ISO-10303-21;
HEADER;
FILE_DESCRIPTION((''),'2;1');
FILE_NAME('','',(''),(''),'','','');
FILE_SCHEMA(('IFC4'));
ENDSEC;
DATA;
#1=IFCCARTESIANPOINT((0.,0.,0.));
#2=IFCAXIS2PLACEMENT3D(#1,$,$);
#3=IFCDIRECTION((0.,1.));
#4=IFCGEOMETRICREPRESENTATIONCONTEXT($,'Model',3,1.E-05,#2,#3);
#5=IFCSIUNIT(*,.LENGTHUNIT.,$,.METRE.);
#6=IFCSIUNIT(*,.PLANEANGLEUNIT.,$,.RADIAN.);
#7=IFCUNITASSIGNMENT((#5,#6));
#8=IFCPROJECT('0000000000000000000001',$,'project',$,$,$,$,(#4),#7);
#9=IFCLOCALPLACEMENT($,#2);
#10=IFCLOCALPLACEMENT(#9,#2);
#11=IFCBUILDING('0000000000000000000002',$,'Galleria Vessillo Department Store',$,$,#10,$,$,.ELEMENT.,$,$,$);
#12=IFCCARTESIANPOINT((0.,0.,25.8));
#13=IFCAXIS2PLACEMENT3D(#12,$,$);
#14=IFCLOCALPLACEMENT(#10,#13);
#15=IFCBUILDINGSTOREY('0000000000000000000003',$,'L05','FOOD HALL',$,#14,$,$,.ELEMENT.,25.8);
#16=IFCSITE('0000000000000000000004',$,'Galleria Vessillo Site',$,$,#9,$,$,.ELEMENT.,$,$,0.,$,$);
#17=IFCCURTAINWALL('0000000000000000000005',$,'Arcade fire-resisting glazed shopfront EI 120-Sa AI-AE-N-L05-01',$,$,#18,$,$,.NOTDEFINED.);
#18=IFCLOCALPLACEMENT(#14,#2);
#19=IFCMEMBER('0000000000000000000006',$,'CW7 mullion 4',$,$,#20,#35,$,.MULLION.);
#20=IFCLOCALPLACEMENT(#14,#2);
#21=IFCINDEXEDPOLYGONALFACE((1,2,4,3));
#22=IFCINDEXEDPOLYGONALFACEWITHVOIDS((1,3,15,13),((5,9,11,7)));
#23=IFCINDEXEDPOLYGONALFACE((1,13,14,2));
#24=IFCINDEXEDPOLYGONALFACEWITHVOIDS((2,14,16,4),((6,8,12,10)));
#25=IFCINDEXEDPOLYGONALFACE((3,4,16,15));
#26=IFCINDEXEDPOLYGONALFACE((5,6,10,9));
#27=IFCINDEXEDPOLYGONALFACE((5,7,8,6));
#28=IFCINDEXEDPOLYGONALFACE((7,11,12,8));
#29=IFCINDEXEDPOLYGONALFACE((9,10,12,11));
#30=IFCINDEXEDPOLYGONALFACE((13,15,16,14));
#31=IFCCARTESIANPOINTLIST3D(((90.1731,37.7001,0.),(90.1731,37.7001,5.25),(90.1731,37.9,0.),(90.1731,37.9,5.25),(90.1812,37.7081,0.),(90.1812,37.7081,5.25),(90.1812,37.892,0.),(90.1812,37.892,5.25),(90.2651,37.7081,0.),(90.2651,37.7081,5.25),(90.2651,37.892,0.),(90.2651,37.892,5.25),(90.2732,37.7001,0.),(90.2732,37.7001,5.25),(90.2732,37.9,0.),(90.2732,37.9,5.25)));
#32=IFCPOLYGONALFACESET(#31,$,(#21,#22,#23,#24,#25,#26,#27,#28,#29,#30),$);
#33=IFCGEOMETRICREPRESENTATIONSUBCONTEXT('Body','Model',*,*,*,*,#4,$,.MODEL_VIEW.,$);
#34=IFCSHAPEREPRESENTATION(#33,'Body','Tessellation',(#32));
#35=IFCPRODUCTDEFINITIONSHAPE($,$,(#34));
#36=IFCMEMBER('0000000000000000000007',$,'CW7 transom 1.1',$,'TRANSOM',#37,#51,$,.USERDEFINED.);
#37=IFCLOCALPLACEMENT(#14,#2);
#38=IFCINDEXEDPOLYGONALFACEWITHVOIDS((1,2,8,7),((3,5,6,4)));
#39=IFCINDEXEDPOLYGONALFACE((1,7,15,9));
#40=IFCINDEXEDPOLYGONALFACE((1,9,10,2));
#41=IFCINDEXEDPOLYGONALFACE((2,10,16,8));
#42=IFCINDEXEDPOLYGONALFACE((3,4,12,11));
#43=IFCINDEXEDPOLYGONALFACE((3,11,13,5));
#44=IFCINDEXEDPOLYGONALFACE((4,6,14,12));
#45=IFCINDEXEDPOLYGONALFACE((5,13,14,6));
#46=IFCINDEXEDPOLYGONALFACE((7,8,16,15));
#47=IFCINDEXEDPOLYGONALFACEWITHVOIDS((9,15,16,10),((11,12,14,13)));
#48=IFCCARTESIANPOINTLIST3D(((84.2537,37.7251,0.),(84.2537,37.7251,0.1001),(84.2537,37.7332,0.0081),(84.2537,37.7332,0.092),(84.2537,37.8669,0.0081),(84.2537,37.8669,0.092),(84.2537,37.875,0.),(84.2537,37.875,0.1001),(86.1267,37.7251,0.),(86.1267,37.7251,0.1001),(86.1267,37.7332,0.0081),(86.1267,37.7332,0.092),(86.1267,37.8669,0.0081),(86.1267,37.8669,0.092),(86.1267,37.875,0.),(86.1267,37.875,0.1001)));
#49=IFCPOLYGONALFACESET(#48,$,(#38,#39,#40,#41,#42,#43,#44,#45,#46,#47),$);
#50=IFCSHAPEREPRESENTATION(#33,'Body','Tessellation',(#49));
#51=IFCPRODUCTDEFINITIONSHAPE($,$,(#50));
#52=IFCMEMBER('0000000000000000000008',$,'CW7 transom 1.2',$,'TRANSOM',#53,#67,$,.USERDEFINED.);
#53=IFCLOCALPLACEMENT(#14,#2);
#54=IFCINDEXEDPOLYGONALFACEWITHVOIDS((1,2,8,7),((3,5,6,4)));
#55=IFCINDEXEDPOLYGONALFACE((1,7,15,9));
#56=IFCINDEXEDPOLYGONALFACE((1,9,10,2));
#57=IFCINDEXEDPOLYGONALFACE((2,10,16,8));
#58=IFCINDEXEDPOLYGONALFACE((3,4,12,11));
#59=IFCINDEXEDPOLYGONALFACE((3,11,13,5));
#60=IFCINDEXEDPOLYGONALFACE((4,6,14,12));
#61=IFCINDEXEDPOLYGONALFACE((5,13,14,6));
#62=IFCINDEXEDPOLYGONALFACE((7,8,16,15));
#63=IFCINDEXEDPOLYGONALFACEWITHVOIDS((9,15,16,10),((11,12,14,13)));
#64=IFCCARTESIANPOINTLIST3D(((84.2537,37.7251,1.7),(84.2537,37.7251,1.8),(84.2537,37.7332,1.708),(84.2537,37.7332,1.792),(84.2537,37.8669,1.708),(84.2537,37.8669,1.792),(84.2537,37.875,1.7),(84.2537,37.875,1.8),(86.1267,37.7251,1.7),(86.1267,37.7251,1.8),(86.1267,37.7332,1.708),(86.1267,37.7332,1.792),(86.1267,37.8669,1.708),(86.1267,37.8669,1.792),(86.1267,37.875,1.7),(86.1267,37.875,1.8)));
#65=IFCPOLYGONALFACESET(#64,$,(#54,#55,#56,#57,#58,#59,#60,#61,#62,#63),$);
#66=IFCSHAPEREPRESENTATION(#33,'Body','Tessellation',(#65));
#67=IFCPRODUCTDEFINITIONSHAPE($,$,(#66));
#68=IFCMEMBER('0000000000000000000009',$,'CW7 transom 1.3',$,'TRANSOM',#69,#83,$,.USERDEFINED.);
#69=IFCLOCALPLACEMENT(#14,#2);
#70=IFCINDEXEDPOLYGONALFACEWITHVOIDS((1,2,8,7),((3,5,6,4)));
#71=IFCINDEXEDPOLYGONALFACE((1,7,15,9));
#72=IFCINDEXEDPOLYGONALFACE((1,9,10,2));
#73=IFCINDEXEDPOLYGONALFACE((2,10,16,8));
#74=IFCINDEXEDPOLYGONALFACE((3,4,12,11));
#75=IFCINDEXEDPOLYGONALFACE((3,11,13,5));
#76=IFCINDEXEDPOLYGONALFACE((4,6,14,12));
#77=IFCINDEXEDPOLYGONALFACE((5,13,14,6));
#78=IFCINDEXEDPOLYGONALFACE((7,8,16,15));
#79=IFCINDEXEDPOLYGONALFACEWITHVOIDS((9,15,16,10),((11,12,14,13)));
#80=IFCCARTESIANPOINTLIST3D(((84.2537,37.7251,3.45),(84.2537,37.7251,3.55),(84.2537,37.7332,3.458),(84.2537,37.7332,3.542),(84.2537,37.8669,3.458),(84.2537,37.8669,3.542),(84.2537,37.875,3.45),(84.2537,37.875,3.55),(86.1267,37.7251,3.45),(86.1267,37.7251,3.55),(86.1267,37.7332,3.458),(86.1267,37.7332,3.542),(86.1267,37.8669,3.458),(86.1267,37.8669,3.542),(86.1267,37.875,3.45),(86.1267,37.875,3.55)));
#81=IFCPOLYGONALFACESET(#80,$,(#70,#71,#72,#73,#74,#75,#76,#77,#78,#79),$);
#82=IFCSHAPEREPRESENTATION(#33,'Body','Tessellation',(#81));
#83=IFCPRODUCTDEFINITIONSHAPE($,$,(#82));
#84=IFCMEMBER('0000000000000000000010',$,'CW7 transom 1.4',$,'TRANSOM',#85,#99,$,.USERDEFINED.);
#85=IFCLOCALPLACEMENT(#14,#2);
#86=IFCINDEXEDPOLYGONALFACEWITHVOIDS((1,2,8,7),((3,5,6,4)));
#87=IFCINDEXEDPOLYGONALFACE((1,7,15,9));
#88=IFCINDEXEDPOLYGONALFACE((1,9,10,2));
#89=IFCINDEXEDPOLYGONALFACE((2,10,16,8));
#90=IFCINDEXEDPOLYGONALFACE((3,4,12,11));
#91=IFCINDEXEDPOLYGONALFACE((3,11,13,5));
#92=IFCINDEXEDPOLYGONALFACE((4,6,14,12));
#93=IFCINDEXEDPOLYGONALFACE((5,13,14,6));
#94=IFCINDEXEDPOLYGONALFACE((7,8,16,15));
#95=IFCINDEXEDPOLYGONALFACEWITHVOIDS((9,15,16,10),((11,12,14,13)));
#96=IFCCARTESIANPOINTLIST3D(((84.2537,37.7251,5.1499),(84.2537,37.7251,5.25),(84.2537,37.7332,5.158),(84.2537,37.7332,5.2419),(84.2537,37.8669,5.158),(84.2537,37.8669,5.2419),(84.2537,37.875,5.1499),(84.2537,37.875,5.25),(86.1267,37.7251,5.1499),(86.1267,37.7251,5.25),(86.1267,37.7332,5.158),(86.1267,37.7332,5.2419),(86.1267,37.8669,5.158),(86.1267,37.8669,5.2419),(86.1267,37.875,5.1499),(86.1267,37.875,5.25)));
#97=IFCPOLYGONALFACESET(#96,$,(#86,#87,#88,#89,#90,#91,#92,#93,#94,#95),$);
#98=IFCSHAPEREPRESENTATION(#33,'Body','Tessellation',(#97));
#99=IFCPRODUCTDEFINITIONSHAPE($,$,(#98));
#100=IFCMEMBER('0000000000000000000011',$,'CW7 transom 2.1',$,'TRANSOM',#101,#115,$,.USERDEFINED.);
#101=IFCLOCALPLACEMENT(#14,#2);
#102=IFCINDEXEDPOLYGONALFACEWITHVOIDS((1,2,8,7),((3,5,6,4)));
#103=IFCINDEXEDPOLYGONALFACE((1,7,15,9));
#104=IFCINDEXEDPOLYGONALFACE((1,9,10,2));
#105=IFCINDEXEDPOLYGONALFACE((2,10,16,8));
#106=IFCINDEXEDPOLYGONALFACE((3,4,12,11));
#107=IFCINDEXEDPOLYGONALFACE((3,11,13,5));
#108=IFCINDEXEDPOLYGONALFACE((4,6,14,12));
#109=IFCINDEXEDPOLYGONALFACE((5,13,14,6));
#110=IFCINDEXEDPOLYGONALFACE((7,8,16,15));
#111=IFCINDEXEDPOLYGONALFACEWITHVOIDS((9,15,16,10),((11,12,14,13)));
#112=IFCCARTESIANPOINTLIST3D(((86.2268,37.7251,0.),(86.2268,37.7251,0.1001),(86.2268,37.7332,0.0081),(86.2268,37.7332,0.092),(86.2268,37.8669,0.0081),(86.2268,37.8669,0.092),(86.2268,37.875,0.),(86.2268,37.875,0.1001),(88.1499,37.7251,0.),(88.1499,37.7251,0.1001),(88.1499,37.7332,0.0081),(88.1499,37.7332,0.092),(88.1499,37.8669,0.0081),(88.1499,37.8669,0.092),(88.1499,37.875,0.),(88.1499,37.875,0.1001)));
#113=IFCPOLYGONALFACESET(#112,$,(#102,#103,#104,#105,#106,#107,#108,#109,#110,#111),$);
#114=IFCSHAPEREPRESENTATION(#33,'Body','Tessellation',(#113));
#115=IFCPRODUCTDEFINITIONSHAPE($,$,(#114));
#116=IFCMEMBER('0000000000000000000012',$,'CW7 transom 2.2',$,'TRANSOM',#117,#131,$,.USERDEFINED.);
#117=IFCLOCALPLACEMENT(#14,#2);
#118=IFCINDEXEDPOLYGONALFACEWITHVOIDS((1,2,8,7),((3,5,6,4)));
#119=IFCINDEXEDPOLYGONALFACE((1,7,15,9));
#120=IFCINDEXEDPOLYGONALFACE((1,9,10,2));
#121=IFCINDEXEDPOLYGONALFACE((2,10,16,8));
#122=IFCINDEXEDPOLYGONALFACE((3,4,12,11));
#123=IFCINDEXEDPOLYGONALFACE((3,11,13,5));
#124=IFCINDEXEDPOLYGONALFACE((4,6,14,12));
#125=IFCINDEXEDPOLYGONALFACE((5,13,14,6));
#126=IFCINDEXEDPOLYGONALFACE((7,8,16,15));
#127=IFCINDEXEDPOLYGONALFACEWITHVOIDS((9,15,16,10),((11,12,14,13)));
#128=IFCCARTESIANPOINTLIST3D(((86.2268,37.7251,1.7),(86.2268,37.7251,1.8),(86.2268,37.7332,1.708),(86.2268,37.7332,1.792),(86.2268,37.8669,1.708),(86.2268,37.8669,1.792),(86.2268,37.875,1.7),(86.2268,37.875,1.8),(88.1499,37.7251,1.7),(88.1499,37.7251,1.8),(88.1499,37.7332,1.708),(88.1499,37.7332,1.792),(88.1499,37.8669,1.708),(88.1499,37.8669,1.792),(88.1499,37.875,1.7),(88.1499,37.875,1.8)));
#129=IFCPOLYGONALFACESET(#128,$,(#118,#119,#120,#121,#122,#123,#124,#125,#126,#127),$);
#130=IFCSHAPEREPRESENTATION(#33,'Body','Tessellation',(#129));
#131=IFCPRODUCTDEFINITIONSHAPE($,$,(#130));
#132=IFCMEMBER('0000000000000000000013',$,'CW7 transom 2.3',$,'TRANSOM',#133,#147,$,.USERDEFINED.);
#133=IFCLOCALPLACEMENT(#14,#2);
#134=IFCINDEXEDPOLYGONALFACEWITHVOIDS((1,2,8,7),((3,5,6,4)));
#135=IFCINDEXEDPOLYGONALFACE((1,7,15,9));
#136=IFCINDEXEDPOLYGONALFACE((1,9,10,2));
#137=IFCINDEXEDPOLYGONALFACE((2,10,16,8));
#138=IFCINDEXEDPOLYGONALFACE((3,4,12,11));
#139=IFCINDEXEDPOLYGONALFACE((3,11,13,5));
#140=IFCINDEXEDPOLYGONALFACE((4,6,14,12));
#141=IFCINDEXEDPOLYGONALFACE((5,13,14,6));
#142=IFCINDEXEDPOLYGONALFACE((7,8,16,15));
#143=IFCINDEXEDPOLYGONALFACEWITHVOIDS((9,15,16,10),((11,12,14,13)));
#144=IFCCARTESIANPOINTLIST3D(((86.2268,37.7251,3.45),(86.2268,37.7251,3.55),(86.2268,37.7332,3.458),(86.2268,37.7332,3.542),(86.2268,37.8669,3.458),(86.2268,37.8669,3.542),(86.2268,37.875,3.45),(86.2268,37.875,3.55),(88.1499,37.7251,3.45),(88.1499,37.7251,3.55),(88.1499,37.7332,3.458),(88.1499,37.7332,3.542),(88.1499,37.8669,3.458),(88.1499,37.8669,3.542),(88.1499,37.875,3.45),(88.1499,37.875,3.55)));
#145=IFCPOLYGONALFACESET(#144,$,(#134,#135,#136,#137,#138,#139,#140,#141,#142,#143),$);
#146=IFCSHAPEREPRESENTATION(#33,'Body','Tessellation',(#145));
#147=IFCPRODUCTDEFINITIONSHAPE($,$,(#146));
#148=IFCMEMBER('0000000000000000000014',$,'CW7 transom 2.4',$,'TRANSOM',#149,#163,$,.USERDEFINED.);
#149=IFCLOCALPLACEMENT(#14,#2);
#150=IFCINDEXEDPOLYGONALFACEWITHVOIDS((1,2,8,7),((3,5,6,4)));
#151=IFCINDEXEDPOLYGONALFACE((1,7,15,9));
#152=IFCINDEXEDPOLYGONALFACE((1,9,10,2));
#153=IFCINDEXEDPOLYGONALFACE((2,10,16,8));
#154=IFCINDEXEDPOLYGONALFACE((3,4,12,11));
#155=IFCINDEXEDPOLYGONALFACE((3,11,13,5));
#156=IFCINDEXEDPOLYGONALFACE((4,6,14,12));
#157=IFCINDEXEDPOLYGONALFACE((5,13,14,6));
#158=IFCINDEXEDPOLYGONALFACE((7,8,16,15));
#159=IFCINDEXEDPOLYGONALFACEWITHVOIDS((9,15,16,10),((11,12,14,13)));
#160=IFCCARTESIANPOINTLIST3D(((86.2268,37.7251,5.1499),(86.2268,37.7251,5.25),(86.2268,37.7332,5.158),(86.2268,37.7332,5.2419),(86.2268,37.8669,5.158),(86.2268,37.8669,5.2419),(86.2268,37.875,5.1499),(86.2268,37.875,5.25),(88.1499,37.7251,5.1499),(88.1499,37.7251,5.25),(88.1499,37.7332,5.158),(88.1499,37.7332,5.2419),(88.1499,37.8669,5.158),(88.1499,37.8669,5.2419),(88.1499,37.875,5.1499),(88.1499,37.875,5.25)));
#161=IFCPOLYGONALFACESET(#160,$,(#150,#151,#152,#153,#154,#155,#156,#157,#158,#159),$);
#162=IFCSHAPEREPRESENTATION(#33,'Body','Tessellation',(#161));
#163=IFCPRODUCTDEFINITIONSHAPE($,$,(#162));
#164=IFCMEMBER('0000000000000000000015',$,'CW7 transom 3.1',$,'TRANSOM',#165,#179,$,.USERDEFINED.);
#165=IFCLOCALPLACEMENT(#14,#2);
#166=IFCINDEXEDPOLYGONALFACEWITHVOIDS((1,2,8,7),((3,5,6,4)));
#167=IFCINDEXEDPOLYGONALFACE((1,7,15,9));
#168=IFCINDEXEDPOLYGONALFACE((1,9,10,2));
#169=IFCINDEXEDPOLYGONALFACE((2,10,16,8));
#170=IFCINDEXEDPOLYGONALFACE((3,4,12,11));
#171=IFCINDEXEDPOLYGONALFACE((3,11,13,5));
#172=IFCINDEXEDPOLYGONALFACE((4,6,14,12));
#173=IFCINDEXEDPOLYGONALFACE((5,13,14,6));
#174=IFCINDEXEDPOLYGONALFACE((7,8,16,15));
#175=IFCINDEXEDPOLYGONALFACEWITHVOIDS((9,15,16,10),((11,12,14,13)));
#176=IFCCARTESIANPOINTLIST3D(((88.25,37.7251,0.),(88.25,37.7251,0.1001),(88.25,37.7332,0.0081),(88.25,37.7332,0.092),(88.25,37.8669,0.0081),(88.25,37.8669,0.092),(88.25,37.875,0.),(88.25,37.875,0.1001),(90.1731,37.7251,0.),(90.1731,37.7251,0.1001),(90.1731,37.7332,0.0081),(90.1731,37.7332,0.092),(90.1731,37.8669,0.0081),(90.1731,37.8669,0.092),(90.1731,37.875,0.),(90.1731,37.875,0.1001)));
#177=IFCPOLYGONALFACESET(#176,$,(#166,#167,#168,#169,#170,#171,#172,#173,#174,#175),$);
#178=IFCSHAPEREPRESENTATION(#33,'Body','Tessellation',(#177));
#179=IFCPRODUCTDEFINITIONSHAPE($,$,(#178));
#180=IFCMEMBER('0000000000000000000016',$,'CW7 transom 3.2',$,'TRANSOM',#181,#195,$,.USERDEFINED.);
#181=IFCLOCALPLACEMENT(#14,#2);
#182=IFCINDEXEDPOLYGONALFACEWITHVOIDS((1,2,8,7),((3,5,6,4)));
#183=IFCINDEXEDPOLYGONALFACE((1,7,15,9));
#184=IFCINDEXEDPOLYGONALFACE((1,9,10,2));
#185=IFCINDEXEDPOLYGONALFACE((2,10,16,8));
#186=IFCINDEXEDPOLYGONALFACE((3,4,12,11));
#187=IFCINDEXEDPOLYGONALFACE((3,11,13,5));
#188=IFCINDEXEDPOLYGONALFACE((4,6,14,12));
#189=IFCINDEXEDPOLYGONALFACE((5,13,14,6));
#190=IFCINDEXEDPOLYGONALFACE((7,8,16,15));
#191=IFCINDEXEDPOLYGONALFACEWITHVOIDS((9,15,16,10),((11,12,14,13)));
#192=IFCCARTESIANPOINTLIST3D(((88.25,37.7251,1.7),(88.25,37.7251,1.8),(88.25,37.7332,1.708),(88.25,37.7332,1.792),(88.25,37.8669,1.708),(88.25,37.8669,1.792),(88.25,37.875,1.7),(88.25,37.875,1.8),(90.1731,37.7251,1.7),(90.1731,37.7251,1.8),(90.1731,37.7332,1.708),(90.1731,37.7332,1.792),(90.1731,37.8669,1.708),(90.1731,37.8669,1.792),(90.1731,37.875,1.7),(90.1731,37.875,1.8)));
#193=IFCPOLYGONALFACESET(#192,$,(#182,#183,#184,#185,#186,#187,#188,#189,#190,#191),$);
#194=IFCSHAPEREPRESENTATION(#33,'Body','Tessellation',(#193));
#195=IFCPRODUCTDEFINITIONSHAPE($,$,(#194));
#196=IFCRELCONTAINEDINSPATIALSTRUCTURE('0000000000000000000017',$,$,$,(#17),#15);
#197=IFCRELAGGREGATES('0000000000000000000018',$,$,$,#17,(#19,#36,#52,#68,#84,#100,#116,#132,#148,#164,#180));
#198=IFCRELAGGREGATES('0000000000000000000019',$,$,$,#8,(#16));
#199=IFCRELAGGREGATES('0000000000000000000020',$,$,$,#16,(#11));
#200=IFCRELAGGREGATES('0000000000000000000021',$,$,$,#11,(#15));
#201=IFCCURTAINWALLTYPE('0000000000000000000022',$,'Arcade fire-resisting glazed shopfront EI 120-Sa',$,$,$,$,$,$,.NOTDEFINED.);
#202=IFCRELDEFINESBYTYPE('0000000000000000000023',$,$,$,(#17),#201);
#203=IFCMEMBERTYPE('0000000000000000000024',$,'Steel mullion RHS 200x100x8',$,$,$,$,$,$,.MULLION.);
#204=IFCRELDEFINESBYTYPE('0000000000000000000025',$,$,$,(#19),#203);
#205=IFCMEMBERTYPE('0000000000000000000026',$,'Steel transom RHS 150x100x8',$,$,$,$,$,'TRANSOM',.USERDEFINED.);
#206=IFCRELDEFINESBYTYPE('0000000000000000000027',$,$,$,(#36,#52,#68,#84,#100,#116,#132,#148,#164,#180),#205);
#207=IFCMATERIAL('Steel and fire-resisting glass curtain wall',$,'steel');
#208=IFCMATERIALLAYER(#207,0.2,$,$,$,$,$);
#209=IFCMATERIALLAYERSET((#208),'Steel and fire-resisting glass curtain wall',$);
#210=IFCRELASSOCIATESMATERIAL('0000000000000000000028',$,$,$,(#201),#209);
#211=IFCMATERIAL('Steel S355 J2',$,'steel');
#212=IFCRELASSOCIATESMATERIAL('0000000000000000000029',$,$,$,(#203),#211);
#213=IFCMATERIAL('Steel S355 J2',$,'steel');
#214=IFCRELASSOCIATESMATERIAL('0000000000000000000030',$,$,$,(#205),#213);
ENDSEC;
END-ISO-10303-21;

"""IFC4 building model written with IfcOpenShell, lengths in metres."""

from ifc_helpers import new_model, si_unit, direction, frame, origin, origin_2d, place, context, subcontext, project, spatial, hollow_rectangle, extrude, material, layer, layer_set, material_profile, profile_set, type_object, element, aggregate, save


model = new_model("IFC4")

# Units and contexts
model_context = context("Model", 3, precision=1e-05, world=origin(), true_north=direction((0.0, 1.0)))
body_context = subcontext(model_context, "Body", "Model", "MODEL_VIEW")
ifc_project = project(units=[si_unit("LENGTHUNIT", "METRE"), si_unit("PLANEANGLEUNIT", "RADIAN")], contexts=[model_context])

# Site, building, storey
site_placement = place(None, origin())
site = spatial("IfcSite", under=ifc_project, at=site_placement, Name="Galleria Vessillo Site", CompositionType="ELEMENT", RefElevation=0.0)
building_placement = place(site_placement, origin())
building = spatial("IfcBuilding", under=site, at=building_placement, Name="Galleria Vessillo Department Store", CompositionType="ELEMENT")
storey_placement = place(building_placement, frame((0.0, 0.0, 25.8)))
storey = spatial("IfcBuildingStorey", under=building, at=storey_placement, Name="L05", Description="FOOD HALL", CompositionType="ELEMENT", Elevation=25.8)

# Curtain wall, members
ifc_material_1 = material(Name="Steel and fire-resisting glass curtain wall", Category="steel")
ifc_layer_1 = layer(ifc_material_1, 0.2)
ifc_layer_set_1 = layer_set([ifc_layer_1], Name="Steel and fire-resisting glass curtain wall")
curtain_wall_type = type_object("IfcCurtainWallType", Name="Arcade fire-resisting glazed shopfront EI 120-Sa", PredefinedType="NOTDEFINED", material=ifc_layer_set_1)
curtain_wall_placement = place(storey_placement, origin())
curtain_wall = element("IfcCurtainWall", 1, at=curtain_wall_placement, inside=storey, type_object=curtain_wall_type, Name="Arcade fire-resisting glazed shopfront EI 120-Sa AI-AE-N-L05-01", PredefinedType="NOTDEFINED")
ifc_material_2 = material(Name="Steel S355 J2", Category="steel")
ifc_material_profile_1 = material_profile(ifc_material_2, hollow_rectangle(XDim=0.2, YDim=0.1001, WallThickness=0.0081, at=origin_2d()), Name="RHS 200x100x8")
ifc_profile_set_1 = profile_set([ifc_material_profile_1], Name="Steel S355 J2")
member_type_1 = type_object("IfcMemberType", Name="Steel mullion RHS 200x100x8", PredefinedType="MULLION", material=ifc_profile_set_1)
member_1_placement = place(storey_placement, frame((90.2231, 37.8, 0.0), z_axis=(0.0, 0.0, 1.0), x_axis=(0.0, 1.0, 0.0)))
member_1 = element("IfcMember", 2, at=member_1_placement, type_object=member_type_1, Name="CW7 mullion 4", PredefinedType="MULLION", context=body_context, shape_type="SweptSolid", body=[
    extrude(hollow_rectangle(XDim=0.2, YDim=0.1001, WallThickness=0.0081, at=origin_2d()), origin(), (0.0, 0.0, 1.0), 5.25),
])
ifc_material_3 = material(Name="Steel S355 J2", Category="steel")
ifc_material_profile_2 = material_profile(ifc_material_3, hollow_rectangle(XDim=0.1499, YDim=0.1001, WallThickness=0.0081, at=origin_2d()), Name="RHS 150x100x8")
ifc_profile_set_2 = profile_set([ifc_material_profile_2], Name="Steel S355 J2")
member_type_2 = type_object("IfcMemberType", Name="Steel transom RHS 150x100x8", ElementType="TRANSOM", PredefinedType="USERDEFINED", material=ifc_profile_set_2)
member_2_placement = place(storey_placement, frame((84.2537, 37.8, 0.05), z_axis=(1.0, 0.0, 0.0), x_axis=(0.0, 1.0, 0.0)))
member_2 = element("IfcMember", 3, at=member_2_placement, type_object=member_type_2, Name="CW7 transom 1.1", ObjectType="TRANSOM", PredefinedType="USERDEFINED", context=body_context, shape_type="SweptSolid", body=[
    extrude(hollow_rectangle(XDim=0.1499, YDim=0.1001, WallThickness=0.0081, at=origin_2d()), origin(), (0.0, 0.0, 1.0), 1.873),
])
member_3_placement = place(storey_placement, frame((84.2537, 37.8, 1.75), z_axis=(1.0, 0.0, 0.0), x_axis=(0.0, 1.0, 0.0)))
member_3 = element("IfcMember", 4, at=member_3_placement, type_object=member_type_2, Name="CW7 transom 1.2", ObjectType="TRANSOM", PredefinedType="USERDEFINED", context=body_context, shape_type="SweptSolid", body=[
    extrude(hollow_rectangle(XDim=0.1499, YDim=0.1001, WallThickness=0.0081, at=origin_2d()), origin(), (0.0, 0.0, 1.0), 1.873),
])
member_4_placement = place(storey_placement, frame((84.2537, 37.8, 3.5), z_axis=(1.0, 0.0, 0.0), x_axis=(0.0, 1.0, 0.0)))
member_4 = element("IfcMember", 5, at=member_4_placement, type_object=member_type_2, Name="CW7 transom 1.3", ObjectType="TRANSOM", PredefinedType="USERDEFINED", context=body_context, shape_type="SweptSolid", body=[
    extrude(hollow_rectangle(XDim=0.1499, YDim=0.1001, WallThickness=0.0081, at=origin_2d()), origin(), (0.0, 0.0, 1.0), 1.873),
])
member_5_placement = place(storey_placement, frame((84.2537, 37.8, 5.2), z_axis=(1.0, 0.0, 0.0), x_axis=(0.0, 1.0, 0.0)))
member_5 = element("IfcMember", 6, at=member_5_placement, type_object=member_type_2, Name="CW7 transom 1.4", ObjectType="TRANSOM", PredefinedType="USERDEFINED", context=body_context, shape_type="SweptSolid", body=[
    extrude(hollow_rectangle(XDim=0.1499, YDim=0.1001, WallThickness=0.0081, at=origin_2d()), origin(), (0.0, 0.0, 1.0), 1.873),
])
member_6_placement = place(storey_placement, frame((86.2268, 37.8, 0.05), z_axis=(1.0, 0.0, 0.0), x_axis=(0.0, 1.0, 0.0)))
member_6 = element("IfcMember", 7, at=member_6_placement, type_object=member_type_2, Name="CW7 transom 2.1", ObjectType="TRANSOM", PredefinedType="USERDEFINED", context=body_context, shape_type="SweptSolid", body=[
    extrude(hollow_rectangle(XDim=0.1499, YDim=0.1001, WallThickness=0.0081, at=origin_2d()), origin(), (0.0, 0.0, 1.0), 1.9231),
])
member_7_placement = place(storey_placement, frame((86.2268, 37.8, 1.75), z_axis=(1.0, 0.0, 0.0), x_axis=(0.0, 1.0, 0.0)))
member_7 = element("IfcMember", 8, at=member_7_placement, type_object=member_type_2, Name="CW7 transom 2.2", ObjectType="TRANSOM", PredefinedType="USERDEFINED", context=body_context, shape_type="SweptSolid", body=[
    extrude(hollow_rectangle(XDim=0.1499, YDim=0.1001, WallThickness=0.0081, at=origin_2d()), origin(), (0.0, 0.0, 1.0), 1.9231),
])
member_8_placement = place(storey_placement, frame((86.2268, 37.8, 3.5), z_axis=(1.0, 0.0, 0.0), x_axis=(0.0, 1.0, 0.0)))
member_8 = element("IfcMember", 9, at=member_8_placement, type_object=member_type_2, Name="CW7 transom 2.3", ObjectType="TRANSOM", PredefinedType="USERDEFINED", context=body_context, shape_type="SweptSolid", body=[
    extrude(hollow_rectangle(XDim=0.1499, YDim=0.1001, WallThickness=0.0081, at=origin_2d()), origin(), (0.0, 0.0, 1.0), 1.9231),
])
member_9_placement = place(storey_placement, frame((86.2268, 37.8, 5.2), z_axis=(1.0, 0.0, 0.0), x_axis=(0.0, 1.0, 0.0)))
member_9 = element("IfcMember", 10, at=member_9_placement, type_object=member_type_2, Name="CW7 transom 2.4", ObjectType="TRANSOM", PredefinedType="USERDEFINED", context=body_context, shape_type="SweptSolid", body=[
    extrude(hollow_rectangle(XDim=0.1499, YDim=0.1001, WallThickness=0.0081, at=origin_2d()), origin(), (0.0, 0.0, 1.0), 1.9231),
])
member_10_placement = place(storey_placement, frame((88.25, 37.8, 0.05), z_axis=(1.0, 0.0, 0.0), x_axis=(0.0, 1.0, 0.0)))
member_10 = element("IfcMember", 11, at=member_10_placement, type_object=member_type_2, Name="CW7 transom 3.1", ObjectType="TRANSOM", PredefinedType="USERDEFINED", context=body_context, shape_type="SweptSolid", body=[
    extrude(hollow_rectangle(XDim=0.1499, YDim=0.1001, WallThickness=0.0081, at=origin_2d()), origin(), (0.0, 0.0, 1.0), 1.9231),
])
member_11_placement = place(storey_placement, frame((88.25, 37.8, 1.75), z_axis=(1.0, 0.0, 0.0), x_axis=(0.0, 1.0, 0.0)))
member_11 = element("IfcMember", 12, at=member_11_placement, type_object=member_type_2, Name="CW7 transom 3.2", ObjectType="TRANSOM", PredefinedType="USERDEFINED", context=body_context, shape_type="SweptSolid", body=[
    extrude(hollow_rectangle(XDim=0.1499, YDim=0.1001, WallThickness=0.0081, at=origin_2d()), origin(), (0.0, 0.0, 1.0), 1.9231),
])

aggregate(curtain_wall, [member_1, member_2, member_3, member_4, member_5, member_6, member_7, member_8, member_9, member_10, member_11])

save(model, "model.ifc")
